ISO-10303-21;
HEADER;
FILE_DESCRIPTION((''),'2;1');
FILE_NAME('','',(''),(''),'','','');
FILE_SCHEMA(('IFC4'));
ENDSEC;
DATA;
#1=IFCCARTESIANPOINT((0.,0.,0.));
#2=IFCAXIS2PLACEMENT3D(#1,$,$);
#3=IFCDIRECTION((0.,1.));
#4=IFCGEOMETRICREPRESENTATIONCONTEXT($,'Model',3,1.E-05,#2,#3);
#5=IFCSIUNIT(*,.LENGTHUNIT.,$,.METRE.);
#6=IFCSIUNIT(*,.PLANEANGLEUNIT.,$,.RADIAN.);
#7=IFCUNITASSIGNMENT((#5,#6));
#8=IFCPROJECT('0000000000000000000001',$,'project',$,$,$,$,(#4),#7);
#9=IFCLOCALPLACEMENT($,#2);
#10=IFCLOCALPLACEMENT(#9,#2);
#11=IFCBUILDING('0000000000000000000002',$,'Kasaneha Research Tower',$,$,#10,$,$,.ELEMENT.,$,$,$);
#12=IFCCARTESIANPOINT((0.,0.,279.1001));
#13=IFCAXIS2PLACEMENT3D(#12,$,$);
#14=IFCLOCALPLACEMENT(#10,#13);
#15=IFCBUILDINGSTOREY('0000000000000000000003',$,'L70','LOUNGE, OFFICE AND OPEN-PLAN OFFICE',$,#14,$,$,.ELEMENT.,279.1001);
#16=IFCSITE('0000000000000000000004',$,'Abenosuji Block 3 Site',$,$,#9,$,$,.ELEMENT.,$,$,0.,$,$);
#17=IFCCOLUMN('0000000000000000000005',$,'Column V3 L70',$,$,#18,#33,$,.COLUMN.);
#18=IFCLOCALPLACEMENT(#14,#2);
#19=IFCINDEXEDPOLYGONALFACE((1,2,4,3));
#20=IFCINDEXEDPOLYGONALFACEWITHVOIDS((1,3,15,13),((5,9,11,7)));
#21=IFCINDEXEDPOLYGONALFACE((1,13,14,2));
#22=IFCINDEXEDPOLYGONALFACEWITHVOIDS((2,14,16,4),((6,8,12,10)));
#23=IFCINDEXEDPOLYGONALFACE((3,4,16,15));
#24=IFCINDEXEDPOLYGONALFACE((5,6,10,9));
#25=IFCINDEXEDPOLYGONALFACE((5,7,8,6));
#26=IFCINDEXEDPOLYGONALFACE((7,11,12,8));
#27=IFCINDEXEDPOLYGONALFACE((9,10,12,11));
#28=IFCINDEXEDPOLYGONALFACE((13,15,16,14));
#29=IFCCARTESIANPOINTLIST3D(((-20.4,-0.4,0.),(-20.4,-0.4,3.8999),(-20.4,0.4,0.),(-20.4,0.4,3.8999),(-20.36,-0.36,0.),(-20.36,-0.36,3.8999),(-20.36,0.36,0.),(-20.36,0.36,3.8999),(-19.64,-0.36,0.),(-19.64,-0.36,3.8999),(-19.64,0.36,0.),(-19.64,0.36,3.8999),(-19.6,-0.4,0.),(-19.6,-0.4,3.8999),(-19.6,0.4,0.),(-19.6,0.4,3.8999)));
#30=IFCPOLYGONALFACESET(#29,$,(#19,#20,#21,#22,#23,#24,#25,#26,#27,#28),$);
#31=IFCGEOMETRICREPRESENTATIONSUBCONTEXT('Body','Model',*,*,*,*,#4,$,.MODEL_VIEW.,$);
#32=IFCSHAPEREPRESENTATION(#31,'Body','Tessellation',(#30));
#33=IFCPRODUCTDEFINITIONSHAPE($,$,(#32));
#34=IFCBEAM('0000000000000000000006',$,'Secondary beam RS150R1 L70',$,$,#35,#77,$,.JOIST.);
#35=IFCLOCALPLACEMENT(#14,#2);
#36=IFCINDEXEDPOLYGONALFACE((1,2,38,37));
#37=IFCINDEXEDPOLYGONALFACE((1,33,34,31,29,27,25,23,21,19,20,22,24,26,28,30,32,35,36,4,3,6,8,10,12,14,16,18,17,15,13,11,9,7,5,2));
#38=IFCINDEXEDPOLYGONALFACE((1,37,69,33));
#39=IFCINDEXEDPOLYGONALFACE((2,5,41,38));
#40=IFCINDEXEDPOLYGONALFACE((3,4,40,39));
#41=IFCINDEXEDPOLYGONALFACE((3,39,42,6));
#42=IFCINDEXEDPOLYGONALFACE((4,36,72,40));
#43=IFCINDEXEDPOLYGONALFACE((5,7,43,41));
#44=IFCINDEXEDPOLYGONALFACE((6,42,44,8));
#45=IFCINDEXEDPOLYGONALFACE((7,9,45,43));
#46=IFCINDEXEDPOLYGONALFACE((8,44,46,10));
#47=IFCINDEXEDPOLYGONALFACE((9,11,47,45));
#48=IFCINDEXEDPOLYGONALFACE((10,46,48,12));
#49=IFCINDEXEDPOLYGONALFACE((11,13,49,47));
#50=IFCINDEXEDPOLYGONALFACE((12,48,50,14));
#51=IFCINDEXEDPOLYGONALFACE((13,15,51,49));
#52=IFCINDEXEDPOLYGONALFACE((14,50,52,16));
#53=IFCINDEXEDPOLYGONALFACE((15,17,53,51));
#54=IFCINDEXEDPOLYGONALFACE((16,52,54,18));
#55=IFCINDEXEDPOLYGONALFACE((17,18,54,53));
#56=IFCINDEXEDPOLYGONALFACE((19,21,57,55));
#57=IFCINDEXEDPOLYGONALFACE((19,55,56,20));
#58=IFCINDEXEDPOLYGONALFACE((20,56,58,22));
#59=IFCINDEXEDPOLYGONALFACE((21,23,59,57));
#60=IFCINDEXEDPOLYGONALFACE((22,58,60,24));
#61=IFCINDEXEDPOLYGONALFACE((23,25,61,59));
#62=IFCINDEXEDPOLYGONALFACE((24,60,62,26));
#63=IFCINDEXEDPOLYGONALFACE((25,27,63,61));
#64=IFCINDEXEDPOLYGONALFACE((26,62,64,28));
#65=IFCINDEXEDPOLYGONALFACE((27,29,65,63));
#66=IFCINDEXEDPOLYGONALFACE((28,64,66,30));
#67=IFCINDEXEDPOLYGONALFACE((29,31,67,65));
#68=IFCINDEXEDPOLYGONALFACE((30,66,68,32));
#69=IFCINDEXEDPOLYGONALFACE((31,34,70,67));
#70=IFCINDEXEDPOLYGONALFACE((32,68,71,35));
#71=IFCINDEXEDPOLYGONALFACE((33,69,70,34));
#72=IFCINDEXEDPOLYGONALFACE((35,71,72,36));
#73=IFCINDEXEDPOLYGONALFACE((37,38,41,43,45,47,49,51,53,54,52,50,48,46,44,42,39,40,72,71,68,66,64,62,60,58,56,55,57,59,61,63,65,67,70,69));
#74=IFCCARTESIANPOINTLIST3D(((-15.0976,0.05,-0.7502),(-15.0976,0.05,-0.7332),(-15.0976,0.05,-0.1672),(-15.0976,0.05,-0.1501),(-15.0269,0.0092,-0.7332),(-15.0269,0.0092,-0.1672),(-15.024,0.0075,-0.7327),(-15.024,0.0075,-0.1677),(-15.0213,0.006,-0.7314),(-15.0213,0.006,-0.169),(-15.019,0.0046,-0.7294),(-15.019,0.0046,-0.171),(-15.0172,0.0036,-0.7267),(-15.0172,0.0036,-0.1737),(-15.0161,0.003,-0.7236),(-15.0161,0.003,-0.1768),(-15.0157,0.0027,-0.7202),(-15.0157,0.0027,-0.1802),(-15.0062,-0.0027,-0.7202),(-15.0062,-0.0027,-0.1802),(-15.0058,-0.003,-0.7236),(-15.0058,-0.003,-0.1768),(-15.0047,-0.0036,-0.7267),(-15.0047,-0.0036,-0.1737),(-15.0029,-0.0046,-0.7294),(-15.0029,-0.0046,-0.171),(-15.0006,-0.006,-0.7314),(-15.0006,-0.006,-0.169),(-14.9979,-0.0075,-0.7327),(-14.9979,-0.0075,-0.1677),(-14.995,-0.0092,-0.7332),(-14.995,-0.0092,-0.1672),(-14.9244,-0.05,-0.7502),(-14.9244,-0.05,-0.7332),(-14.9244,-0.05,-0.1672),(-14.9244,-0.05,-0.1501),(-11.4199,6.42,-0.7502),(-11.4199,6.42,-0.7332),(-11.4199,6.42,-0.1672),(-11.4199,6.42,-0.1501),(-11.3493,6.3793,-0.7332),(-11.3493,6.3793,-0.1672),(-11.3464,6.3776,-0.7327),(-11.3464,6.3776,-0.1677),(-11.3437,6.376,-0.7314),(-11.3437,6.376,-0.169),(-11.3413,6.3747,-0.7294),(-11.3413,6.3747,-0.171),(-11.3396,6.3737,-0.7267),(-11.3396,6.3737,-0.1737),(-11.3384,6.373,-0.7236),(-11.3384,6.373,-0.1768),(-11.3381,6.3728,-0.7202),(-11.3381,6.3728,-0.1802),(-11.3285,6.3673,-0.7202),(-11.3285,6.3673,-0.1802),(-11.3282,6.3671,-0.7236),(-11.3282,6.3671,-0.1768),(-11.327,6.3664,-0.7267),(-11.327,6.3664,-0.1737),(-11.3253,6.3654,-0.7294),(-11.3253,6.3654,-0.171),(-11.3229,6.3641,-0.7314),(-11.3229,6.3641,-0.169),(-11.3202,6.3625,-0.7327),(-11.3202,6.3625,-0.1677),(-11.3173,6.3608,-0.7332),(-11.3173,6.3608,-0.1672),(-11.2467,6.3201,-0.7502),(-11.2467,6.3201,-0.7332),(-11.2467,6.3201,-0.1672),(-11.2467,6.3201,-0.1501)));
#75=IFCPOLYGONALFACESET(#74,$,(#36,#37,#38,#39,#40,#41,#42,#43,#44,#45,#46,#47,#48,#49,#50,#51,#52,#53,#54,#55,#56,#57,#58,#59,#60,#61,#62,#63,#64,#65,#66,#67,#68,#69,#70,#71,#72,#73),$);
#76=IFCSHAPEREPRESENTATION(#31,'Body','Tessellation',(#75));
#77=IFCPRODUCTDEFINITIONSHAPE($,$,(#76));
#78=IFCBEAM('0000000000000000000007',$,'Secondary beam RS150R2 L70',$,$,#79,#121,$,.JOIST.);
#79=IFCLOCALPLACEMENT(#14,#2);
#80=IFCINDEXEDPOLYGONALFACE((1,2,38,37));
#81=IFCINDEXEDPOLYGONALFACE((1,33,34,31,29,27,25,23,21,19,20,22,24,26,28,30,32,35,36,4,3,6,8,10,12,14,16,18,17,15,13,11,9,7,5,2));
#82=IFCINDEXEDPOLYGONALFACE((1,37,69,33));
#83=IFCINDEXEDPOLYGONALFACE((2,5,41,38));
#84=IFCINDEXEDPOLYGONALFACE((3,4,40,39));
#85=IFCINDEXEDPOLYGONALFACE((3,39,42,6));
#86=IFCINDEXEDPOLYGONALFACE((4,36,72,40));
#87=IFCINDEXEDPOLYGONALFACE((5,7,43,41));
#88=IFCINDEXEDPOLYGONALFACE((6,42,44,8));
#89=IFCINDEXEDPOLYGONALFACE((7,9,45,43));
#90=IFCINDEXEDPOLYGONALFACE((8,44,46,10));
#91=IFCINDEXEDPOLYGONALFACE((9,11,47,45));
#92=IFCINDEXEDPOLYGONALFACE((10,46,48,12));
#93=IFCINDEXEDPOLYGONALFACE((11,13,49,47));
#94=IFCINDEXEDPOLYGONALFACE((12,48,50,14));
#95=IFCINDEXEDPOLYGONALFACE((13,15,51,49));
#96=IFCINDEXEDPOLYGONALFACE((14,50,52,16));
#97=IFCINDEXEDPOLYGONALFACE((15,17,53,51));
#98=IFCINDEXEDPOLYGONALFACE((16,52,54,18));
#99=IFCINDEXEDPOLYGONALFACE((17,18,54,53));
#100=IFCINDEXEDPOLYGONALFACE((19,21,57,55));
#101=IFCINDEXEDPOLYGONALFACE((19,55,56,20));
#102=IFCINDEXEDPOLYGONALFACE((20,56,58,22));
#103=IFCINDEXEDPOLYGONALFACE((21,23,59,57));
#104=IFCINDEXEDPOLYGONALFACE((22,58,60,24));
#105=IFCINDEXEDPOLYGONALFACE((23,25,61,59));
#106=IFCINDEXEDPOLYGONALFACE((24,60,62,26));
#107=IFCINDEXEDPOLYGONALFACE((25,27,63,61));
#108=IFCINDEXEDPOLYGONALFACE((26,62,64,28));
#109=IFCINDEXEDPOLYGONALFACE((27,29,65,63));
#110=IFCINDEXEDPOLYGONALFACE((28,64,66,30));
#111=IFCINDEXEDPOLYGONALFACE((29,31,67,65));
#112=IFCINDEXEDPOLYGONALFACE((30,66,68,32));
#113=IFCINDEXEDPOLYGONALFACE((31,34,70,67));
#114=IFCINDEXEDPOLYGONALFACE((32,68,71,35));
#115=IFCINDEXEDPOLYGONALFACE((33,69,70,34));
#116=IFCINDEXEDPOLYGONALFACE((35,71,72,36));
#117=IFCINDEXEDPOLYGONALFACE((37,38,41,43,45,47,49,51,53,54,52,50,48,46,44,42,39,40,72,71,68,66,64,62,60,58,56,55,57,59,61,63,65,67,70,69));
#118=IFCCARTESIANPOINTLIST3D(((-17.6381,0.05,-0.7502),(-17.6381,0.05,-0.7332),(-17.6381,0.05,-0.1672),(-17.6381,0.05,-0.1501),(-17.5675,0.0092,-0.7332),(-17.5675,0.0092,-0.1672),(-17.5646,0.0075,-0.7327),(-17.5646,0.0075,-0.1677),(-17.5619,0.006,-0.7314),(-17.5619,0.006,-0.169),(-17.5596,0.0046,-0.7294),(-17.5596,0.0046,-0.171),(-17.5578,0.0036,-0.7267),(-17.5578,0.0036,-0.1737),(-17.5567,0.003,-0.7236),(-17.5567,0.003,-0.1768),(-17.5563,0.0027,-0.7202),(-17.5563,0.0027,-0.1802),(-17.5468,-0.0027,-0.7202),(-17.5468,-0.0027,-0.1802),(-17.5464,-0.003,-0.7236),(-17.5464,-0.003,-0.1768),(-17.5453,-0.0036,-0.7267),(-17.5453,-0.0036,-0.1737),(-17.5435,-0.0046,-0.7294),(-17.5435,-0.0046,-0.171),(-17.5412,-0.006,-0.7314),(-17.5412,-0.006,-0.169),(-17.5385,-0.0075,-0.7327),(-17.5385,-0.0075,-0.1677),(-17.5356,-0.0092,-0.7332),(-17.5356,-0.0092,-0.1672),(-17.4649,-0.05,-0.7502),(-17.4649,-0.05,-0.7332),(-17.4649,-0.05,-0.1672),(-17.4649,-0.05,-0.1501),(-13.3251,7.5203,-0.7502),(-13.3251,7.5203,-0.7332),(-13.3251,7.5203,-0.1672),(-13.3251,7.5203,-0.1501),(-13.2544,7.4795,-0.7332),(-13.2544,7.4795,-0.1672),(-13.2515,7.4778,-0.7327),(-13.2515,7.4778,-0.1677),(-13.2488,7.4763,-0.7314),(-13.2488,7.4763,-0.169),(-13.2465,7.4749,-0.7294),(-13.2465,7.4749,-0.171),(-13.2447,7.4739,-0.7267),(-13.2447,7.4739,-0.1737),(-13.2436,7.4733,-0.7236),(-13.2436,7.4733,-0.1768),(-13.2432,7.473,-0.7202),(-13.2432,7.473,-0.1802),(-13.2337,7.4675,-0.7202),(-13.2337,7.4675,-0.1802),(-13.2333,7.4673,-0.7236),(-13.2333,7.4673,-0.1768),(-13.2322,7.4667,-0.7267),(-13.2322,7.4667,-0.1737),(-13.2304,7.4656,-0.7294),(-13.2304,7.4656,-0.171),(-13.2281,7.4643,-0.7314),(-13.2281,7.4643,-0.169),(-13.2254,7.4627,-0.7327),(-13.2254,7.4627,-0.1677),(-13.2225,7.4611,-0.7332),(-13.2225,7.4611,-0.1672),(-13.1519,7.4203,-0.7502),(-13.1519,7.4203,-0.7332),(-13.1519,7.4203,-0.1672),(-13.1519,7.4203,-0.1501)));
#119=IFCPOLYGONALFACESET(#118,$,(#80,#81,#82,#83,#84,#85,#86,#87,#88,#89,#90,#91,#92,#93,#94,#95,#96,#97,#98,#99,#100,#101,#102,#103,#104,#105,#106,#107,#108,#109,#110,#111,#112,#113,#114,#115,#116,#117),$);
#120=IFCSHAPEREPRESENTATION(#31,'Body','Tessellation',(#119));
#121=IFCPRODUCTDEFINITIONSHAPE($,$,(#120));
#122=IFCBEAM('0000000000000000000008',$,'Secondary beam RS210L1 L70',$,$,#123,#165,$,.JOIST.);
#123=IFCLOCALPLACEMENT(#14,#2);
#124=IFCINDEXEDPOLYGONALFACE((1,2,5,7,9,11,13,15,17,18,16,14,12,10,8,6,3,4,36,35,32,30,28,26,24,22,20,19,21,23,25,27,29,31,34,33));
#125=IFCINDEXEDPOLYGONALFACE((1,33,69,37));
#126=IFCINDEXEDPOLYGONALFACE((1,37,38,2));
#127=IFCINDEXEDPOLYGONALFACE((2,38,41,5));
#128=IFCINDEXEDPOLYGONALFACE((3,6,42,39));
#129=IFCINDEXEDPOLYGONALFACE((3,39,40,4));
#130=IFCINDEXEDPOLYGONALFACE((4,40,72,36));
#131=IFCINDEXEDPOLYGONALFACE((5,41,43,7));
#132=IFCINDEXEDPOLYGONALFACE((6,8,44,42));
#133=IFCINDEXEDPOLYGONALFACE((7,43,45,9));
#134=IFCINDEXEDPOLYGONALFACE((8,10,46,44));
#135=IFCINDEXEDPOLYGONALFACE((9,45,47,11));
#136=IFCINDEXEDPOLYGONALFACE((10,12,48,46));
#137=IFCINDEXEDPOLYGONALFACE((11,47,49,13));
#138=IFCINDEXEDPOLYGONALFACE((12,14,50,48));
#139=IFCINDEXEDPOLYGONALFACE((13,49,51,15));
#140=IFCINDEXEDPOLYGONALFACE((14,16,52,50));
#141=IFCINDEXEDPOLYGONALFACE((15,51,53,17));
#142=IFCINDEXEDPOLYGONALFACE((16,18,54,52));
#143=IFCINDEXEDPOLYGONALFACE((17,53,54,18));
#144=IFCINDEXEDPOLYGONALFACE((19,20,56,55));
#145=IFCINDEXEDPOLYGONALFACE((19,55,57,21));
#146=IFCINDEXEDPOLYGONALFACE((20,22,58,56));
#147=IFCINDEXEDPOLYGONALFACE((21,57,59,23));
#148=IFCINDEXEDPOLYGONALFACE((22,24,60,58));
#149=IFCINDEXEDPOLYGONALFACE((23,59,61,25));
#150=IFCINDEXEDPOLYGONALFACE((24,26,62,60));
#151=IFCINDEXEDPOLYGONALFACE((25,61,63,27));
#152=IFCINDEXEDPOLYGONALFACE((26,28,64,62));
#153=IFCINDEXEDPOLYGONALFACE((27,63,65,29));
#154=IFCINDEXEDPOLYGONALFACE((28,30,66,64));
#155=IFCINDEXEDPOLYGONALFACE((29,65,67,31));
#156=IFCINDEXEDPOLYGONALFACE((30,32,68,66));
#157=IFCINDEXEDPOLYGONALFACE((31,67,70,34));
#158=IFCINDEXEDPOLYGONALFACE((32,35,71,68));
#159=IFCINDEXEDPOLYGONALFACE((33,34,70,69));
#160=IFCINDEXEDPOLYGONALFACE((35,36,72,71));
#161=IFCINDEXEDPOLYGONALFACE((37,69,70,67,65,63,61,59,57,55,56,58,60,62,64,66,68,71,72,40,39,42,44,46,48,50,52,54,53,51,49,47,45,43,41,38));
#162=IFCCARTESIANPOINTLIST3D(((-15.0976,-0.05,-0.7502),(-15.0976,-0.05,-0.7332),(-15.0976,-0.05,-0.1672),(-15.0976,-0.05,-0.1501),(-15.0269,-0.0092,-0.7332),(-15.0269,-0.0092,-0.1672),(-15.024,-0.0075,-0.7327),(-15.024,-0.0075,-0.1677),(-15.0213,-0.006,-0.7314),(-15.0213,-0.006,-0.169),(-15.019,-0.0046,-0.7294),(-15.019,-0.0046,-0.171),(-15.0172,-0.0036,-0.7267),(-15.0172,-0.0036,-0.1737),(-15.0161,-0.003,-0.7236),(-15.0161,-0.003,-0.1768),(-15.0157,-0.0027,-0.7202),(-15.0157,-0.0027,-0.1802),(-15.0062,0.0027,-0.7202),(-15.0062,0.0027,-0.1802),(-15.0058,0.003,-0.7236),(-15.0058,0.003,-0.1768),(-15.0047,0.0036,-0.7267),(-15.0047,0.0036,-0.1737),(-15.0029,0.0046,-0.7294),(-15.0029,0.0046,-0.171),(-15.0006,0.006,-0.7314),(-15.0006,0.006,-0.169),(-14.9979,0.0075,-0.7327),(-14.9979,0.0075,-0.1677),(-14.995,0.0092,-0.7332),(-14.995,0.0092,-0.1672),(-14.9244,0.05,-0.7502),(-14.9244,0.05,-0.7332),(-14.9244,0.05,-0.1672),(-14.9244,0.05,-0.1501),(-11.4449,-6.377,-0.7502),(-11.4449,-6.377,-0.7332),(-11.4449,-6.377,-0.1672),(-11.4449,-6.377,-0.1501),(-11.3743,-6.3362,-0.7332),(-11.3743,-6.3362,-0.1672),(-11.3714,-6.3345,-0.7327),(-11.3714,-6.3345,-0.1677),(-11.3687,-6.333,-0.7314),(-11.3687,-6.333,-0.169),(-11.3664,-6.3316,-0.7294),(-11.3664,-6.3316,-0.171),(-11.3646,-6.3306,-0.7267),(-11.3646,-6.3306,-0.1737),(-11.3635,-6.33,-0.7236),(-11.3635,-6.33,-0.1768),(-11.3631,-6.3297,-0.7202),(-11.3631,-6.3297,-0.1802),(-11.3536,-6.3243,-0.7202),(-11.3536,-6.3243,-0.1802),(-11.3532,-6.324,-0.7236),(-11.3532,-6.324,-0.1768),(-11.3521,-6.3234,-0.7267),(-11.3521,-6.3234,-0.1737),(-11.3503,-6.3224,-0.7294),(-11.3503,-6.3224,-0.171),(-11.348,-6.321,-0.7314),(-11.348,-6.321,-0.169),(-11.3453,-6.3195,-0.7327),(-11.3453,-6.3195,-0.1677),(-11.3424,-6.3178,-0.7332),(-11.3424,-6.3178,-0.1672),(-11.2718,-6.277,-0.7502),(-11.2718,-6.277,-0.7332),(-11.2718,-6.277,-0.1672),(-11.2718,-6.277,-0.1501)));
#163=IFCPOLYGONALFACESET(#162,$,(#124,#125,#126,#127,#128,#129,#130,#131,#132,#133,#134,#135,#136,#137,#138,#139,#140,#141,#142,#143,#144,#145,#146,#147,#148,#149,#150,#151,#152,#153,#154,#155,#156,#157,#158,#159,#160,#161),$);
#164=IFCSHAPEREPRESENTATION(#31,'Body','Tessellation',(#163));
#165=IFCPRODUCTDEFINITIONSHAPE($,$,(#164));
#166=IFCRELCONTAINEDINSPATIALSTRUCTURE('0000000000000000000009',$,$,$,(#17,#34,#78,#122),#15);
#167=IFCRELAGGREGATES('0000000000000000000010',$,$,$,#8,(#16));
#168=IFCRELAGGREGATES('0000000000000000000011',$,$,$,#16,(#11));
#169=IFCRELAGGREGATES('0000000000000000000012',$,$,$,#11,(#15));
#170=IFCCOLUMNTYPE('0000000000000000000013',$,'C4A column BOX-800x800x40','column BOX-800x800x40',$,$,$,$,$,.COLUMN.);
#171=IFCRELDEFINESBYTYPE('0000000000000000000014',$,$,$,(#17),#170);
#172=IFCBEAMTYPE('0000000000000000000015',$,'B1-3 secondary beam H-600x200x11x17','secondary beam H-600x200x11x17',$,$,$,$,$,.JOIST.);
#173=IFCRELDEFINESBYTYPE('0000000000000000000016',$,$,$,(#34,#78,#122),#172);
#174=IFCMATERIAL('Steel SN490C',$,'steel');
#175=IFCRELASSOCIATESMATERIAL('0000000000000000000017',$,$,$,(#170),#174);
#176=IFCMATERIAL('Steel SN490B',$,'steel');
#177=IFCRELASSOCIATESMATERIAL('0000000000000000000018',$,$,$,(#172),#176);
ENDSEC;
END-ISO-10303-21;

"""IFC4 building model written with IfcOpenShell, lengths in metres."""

from ifc_helpers import new_model, si_unit, direction, frame, origin, origin_2d, place, context, subcontext, project, spatial, hollow_rectangle, i_section, extrude, material, material_profile, profile_set, type_object, element, save


model = new_model("IFC4")

# Units and contexts
model_context = context("Model", 3, precision=1e-05, world=origin(), true_north=direction((0.0, 1.0)))
body_context = subcontext(model_context, "Body", "Model", "MODEL_VIEW")
ifc_project = project(units=[si_unit("LENGTHUNIT", "METRE"), si_unit("PLANEANGLEUNIT", "RADIAN")], contexts=[model_context])

# Site, building, storey
site_placement = place(None, origin())
site = spatial("IfcSite", under=ifc_project, at=site_placement, Name="Abenosuji Block 3 Site", CompositionType="ELEMENT", RefElevation=0.0)
building_placement = place(site_placement, origin())
building = spatial("IfcBuilding", under=site, at=building_placement, Name="Kasaneha Research Tower", CompositionType="ELEMENT")
storey_placement = place(building_placement, frame((0.0, 0.0, 279.1001)))
storey = spatial("IfcBuildingStorey", under=building, at=storey_placement, Name="L70", Description="LOUNGE, OFFICE AND OPEN-PLAN OFFICE", CompositionType="ELEMENT", Elevation=279.1001)

# Column
ifc_material_1 = material(Name="Steel SN490C", Category="steel")
ifc_material_profile_1 = material_profile(ifc_material_1, hollow_rectangle(XDim=0.8, YDim=0.8, WallThickness=0.04, at=origin_2d()), Name="BOX-800x800x40")
ifc_profile_set_1 = profile_set([ifc_material_profile_1], Name="Steel SN490C")
column_type = type_object("IfcColumnType", Name="C4A column BOX-800x800x40", Description="column BOX-800x800x40", PredefinedType="COLUMN", material=ifc_profile_set_1)
column_placement = place(storey_placement, frame((-20.0, 0.0, 0.0), z_axis=(0.0, 0.0, 1.0), x_axis=(1.0, 0.0, 0.0)))
element("IfcColumn", 1, at=column_placement, inside=storey, type_object=column_type, Name="Column V3 L70", PredefinedType="COLUMN", context=body_context, shape_type="SweptSolid", body=[
    extrude(hollow_rectangle(XDim=0.8, YDim=0.8, WallThickness=0.04, at=origin_2d()), origin(), (0.0, 0.0, 1.0), 3.8999),
])

# Beams
ifc_material_2 = material(Name="Steel SN490B", Category="steel")
ifc_material_profile_2 = material_profile(ifc_material_2, i_section(OverallWidth=0.2, OverallDepth=0.6001, WebThickness=0.011, FlangeThickness=0.0171, FilletRadius=0.0129, at=origin_2d()), Name="H-600x200x11x17")
ifc_profile_set_2 = profile_set([ifc_material_profile_2], Name="Steel SN490B")
beam_type_1 = type_object("IfcBeamType", Name="B1-3 secondary beam H-600x200x11x17", Description="secondary beam H-600x200x11x17", PredefinedType="JOIST", material=ifc_profile_set_2)
beam_1_placement = place(storey_placement, frame((-15.011, 0.0, -0.4502), z_axis=(0.499994, 0.866029, 0.0), x_axis=(-0.866029, 0.499994, 0.0)))
element("IfcBeam", 2, at=beam_1_placement, inside=storey, type_object=beam_type_1, Name="Secondary beam RS150R1 L70", PredefinedType="JOIST", context=body_context, shape_type="SweptSolid", body=[
    extrude(i_section(OverallWidth=0.2, OverallDepth=0.6001, WebThickness=0.011, FlangeThickness=0.0171, FilletRadius=0.0129, at=origin_2d()), origin(), (0.0, 0.0, 1.0), 7.3555),
])
beam_2_placement = place(storey_placement, frame((-17.5515, 0.0, -0.4502), z_axis=(0.500005, 0.866023, 0.0), x_axis=(-0.866023, 0.500005, 0.0)))
element("IfcBeam", 3, at=beam_2_placement, inside=storey, type_object=beam_type_1, Name="Secondary beam RS150R2 L70", PredefinedType="JOIST", context=body_context, shape_type="SweptSolid", body=[
    extrude(i_section(OverallWidth=0.2, OverallDepth=0.6001, WebThickness=0.011, FlangeThickness=0.0171, FilletRadius=0.0129, at=origin_2d()), origin(), (0.0, 0.0, 1.0), 8.626),
])
beam_3_placement = place(storey_placement, frame((-15.011, 0.0, -0.4502), z_axis=(0.499974, -0.86604, 0.0), x_axis=(0.86604, 0.499974, 0.0)))
element("IfcBeam", 4, at=beam_3_placement, inside=storey, type_object=beam_type_1, Name="Secondary beam RS210L1 L70", PredefinedType="JOIST", context=body_context, shape_type="SweptSolid", body=[
    extrude(i_section(OverallWidth=0.2, OverallDepth=0.6001, WebThickness=0.011, FlangeThickness=0.0171, FilletRadius=0.0129, at=origin_2d()), origin(), (0.0, 0.0, 1.0), 7.3057),
])

save(model, "model.ifc")
